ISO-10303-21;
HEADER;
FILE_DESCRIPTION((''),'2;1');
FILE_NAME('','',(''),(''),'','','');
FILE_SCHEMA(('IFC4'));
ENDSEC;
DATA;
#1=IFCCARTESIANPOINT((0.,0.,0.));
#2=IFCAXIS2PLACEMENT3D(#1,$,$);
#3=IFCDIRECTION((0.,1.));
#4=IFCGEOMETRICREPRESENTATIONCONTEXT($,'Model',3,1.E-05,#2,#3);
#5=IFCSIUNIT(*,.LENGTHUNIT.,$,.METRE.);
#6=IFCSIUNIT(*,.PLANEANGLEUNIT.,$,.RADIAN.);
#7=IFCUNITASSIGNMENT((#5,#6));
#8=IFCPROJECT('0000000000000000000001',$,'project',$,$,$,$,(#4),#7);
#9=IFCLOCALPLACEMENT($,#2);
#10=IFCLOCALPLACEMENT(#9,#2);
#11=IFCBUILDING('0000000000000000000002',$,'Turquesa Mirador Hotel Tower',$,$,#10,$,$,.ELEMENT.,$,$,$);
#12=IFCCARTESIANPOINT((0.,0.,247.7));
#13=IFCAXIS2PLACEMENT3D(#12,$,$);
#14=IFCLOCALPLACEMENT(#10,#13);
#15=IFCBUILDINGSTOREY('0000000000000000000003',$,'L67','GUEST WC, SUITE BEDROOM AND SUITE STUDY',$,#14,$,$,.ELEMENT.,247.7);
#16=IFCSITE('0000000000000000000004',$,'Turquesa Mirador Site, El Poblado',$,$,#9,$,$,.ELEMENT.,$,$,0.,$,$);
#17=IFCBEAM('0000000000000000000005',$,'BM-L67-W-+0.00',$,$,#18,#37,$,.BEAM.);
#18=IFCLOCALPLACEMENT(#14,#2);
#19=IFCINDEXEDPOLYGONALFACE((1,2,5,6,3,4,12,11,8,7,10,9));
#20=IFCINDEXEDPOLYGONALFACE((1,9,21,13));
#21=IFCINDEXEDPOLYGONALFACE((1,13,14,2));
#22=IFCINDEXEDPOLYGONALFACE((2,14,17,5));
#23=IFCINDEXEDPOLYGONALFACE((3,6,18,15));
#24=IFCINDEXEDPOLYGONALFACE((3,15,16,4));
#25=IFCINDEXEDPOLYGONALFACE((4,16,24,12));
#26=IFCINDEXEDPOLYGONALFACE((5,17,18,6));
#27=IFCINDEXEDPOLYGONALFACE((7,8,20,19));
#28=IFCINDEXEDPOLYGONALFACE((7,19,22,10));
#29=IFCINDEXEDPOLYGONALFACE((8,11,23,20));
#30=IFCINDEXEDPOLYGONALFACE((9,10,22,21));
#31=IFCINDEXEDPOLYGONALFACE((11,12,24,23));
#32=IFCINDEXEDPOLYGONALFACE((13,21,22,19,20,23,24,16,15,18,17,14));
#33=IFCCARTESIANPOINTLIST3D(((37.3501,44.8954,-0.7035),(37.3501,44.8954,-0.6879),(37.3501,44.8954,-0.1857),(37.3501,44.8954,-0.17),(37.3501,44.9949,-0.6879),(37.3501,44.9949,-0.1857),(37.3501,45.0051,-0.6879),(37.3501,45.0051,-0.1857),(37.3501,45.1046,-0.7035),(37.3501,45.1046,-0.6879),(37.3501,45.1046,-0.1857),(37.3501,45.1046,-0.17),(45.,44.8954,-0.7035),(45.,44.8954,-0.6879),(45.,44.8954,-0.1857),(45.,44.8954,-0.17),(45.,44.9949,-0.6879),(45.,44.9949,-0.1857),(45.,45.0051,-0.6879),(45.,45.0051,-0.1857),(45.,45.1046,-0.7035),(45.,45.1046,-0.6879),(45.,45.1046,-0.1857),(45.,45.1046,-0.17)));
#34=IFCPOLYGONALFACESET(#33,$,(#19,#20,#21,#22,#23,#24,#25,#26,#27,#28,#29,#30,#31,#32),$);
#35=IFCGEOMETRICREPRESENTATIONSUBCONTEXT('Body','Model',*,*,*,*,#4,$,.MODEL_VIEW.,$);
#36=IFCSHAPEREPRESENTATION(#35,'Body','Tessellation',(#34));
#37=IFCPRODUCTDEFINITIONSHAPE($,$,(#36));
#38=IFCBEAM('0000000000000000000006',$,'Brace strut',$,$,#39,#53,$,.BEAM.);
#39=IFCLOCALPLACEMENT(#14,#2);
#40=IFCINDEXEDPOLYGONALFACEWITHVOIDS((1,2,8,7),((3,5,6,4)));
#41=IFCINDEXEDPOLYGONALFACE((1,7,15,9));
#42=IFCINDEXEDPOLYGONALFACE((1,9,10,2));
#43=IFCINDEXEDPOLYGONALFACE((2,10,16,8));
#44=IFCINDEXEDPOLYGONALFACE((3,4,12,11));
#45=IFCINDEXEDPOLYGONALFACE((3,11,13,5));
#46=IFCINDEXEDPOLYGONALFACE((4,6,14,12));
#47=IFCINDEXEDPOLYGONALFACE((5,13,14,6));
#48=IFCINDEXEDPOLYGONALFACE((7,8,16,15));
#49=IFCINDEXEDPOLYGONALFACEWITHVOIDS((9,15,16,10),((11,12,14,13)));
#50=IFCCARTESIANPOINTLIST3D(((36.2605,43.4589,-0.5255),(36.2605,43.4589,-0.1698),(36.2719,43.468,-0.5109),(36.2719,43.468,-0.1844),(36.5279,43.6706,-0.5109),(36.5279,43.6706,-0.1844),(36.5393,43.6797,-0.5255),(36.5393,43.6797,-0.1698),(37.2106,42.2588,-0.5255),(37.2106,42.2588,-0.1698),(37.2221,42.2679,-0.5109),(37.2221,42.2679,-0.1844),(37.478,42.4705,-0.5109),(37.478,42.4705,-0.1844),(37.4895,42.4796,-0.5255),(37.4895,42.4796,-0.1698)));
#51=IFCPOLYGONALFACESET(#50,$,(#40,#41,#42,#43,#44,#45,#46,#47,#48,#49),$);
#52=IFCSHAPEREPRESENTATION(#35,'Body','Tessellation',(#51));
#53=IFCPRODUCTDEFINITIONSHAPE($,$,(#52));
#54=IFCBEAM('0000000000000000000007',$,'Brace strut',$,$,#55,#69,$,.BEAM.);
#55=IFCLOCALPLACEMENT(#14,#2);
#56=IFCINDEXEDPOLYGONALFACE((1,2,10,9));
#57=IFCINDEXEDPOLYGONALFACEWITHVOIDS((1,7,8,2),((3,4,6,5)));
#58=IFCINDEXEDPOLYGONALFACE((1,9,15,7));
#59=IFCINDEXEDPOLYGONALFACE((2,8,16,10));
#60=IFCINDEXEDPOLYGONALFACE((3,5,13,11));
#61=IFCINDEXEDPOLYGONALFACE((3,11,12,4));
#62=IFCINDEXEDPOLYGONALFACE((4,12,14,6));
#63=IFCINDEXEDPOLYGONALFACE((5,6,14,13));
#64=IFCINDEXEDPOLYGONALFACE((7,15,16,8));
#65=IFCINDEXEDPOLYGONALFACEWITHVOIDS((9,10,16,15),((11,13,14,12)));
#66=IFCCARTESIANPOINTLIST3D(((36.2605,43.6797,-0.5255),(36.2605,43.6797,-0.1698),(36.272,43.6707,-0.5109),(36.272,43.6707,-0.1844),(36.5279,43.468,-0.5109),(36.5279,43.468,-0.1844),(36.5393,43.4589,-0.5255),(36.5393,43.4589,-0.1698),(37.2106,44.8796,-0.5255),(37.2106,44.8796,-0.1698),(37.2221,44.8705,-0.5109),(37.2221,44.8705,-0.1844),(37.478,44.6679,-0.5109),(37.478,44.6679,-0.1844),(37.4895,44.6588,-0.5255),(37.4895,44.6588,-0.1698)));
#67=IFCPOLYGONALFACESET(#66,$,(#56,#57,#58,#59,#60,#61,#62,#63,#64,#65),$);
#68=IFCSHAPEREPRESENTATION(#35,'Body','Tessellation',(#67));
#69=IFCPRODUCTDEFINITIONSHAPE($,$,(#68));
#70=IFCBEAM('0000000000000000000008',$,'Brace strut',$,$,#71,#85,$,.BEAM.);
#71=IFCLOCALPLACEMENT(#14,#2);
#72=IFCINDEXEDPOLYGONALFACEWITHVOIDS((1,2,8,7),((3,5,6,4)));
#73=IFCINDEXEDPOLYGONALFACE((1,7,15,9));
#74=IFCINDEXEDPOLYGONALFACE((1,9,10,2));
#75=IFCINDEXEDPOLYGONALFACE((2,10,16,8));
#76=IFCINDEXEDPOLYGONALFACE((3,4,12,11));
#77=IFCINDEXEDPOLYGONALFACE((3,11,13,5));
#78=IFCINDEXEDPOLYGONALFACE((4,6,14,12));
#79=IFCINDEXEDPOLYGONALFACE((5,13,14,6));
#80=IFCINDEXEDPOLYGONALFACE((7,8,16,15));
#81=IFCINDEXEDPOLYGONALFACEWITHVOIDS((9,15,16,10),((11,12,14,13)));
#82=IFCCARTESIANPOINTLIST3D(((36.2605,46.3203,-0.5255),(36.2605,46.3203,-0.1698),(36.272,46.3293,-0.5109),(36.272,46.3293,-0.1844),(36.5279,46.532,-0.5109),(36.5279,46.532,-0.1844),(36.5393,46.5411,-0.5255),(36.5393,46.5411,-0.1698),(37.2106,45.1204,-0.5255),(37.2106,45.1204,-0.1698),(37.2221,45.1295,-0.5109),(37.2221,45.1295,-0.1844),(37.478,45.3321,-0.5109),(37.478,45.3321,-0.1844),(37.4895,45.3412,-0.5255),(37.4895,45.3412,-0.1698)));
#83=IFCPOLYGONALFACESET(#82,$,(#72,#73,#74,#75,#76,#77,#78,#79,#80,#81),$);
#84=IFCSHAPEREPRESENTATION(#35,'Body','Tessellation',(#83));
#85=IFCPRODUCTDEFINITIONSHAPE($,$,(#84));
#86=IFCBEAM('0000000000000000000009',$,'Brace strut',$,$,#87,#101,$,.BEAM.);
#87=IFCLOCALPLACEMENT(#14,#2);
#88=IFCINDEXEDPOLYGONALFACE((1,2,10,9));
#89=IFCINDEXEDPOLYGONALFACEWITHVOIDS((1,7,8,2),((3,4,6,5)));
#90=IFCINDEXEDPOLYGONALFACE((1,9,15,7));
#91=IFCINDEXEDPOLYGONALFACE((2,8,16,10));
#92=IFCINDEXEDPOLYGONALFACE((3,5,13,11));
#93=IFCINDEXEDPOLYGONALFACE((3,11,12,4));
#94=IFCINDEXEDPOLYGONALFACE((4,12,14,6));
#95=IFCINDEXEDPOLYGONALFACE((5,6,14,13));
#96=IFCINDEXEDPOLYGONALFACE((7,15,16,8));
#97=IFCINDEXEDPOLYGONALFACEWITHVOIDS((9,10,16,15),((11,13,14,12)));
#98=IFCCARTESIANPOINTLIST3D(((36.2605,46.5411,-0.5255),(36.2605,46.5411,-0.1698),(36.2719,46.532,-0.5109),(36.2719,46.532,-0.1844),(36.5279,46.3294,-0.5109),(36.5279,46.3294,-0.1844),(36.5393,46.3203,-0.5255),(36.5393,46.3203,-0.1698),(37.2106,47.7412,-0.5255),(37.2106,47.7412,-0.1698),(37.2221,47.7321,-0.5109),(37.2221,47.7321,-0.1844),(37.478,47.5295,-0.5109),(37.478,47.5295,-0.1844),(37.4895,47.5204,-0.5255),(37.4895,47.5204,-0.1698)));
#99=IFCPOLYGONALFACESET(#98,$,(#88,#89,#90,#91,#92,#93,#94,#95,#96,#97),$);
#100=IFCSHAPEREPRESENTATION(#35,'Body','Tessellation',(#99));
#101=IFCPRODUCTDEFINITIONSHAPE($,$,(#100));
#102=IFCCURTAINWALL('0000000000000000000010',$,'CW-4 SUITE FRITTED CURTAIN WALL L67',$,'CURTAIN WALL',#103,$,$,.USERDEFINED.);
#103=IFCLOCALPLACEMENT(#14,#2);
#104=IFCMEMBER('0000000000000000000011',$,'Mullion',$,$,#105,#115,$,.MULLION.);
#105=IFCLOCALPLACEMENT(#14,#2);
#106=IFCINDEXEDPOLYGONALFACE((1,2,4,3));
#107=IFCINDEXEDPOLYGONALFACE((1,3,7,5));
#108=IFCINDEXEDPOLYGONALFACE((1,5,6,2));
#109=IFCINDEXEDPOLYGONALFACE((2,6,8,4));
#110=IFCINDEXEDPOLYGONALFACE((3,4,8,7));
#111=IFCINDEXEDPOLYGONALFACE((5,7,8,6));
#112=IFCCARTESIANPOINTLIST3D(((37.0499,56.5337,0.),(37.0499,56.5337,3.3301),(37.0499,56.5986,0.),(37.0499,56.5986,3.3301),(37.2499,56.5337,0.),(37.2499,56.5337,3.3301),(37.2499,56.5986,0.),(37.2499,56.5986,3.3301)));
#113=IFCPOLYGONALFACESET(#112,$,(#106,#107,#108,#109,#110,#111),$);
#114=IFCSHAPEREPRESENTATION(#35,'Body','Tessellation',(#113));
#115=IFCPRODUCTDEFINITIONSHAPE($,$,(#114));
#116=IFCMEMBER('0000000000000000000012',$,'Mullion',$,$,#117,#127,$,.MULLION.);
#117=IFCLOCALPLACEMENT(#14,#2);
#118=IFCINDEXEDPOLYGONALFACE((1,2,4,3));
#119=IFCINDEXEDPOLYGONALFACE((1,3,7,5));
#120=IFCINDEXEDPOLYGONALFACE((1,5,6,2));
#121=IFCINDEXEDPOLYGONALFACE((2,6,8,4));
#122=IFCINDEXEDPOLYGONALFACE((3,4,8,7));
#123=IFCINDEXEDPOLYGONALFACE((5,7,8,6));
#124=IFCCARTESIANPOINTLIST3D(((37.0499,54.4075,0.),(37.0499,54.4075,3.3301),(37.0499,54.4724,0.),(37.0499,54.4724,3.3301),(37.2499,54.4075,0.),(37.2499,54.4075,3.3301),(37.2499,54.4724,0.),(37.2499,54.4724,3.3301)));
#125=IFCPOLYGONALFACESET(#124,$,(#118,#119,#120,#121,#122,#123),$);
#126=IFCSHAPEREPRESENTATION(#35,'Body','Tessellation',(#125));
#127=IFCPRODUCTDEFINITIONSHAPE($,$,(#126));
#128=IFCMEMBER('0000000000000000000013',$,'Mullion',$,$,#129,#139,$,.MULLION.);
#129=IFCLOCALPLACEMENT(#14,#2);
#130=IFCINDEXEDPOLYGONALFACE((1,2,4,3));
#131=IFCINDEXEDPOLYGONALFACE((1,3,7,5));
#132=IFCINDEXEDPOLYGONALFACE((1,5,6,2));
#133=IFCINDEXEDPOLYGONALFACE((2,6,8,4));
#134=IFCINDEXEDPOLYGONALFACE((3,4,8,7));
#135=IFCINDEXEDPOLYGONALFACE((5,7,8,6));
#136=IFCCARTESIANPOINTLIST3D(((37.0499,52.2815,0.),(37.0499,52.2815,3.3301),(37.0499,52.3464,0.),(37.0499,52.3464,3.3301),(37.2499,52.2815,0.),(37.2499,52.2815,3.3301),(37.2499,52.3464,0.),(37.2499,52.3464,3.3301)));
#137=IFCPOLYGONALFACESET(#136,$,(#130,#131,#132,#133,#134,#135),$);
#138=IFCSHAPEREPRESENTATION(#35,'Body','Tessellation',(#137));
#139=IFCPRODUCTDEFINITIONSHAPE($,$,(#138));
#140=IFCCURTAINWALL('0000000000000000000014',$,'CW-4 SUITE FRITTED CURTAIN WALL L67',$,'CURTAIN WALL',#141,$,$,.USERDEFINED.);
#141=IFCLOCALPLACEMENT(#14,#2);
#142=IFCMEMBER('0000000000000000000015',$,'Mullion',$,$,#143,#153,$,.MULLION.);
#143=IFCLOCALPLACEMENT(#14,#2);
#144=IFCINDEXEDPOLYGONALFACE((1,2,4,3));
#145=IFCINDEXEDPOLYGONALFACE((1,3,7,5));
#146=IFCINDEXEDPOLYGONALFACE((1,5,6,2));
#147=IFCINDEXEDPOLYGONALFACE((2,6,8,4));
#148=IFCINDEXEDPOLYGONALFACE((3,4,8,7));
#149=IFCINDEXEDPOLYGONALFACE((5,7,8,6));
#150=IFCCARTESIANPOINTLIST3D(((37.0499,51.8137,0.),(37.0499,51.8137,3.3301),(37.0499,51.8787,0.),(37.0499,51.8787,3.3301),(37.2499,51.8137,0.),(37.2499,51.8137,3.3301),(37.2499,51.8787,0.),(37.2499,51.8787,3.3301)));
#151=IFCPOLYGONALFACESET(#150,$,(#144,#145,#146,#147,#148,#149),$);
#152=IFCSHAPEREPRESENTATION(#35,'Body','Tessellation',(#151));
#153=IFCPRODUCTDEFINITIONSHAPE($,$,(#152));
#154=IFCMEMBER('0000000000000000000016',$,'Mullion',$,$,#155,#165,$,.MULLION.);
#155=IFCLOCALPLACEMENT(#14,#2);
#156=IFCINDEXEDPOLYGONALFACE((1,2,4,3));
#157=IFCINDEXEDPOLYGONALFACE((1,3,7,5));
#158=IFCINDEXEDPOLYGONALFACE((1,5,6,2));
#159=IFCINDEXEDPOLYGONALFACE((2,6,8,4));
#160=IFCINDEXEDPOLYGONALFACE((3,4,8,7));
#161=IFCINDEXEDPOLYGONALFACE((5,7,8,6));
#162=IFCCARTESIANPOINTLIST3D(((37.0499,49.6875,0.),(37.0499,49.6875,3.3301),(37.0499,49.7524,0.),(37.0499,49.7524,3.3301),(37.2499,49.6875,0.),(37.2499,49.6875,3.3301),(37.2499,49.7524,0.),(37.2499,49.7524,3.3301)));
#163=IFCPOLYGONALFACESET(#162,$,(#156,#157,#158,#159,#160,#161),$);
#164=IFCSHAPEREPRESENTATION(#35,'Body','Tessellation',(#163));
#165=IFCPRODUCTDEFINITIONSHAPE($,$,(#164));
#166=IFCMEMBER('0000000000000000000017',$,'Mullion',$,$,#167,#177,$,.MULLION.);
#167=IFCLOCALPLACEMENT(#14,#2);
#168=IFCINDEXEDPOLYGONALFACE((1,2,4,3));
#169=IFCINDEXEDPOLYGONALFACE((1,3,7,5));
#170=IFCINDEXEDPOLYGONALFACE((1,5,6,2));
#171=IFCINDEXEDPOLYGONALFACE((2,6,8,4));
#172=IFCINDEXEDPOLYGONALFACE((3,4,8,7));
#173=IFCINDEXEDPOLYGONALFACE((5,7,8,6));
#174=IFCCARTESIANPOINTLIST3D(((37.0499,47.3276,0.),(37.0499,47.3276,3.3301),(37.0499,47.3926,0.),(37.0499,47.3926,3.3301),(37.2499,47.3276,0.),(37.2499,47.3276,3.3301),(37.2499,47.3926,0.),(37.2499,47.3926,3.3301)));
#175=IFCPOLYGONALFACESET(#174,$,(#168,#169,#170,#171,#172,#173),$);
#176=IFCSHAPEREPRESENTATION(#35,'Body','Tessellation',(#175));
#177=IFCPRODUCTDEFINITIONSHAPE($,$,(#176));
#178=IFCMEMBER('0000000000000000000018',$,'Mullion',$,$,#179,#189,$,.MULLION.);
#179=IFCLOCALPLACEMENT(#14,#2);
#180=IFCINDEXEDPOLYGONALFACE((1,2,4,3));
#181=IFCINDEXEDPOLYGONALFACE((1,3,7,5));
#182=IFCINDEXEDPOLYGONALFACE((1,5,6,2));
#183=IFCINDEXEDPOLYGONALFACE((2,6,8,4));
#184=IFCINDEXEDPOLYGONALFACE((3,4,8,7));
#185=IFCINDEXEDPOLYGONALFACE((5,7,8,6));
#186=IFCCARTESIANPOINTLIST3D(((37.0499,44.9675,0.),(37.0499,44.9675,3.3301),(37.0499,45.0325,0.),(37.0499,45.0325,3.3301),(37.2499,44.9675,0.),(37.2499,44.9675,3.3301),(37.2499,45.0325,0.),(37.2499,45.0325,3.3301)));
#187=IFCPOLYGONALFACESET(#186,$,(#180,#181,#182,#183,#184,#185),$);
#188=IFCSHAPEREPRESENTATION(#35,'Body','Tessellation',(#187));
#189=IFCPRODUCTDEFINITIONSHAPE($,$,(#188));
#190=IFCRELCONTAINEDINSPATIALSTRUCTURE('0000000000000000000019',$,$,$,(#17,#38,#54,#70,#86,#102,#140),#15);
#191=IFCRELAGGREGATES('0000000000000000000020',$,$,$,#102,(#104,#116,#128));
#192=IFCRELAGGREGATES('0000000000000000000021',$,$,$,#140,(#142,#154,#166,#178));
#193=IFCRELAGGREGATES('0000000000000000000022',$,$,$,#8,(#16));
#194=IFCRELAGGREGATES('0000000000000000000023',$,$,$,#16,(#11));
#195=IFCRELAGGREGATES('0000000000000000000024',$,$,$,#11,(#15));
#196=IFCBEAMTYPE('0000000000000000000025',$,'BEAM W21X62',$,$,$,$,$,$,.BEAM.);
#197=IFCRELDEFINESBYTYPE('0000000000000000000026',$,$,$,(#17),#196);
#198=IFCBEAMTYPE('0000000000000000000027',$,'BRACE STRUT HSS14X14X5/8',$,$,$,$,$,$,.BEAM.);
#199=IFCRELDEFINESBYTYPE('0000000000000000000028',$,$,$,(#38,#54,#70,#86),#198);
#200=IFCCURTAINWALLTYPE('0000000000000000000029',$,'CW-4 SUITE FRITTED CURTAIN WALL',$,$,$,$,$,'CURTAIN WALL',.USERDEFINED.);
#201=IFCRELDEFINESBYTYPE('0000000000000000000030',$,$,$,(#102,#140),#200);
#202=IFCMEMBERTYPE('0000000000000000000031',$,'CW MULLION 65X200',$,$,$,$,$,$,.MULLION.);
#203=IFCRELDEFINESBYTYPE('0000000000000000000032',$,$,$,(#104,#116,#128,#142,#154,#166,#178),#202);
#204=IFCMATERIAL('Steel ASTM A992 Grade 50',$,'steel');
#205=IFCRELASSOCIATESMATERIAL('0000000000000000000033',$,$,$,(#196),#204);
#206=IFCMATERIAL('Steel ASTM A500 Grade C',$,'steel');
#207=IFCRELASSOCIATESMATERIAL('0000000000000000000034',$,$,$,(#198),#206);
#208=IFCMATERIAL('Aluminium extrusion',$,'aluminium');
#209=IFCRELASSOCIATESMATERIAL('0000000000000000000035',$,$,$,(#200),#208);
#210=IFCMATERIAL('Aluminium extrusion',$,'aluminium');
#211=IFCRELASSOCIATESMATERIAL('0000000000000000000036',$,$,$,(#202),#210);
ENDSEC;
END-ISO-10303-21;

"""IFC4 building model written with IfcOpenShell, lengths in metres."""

from ifc_helpers import new_model, si_unit, direction, frame, origin, origin_2d, place, context, subcontext, project, spatial, rectangle, hollow_rectangle, i_section, extrude, material, material_profile, profile_set, type_object, element, aggregate, save


model = new_model("IFC4")

# Units and contexts
model_context = context("Model", 3, precision=1e-05, world=origin(), true_north=direction((0.0, 1.0)))
body_context = subcontext(model_context, "Body", "Model", "MODEL_VIEW")
ifc_project = project(units=[si_unit("LENGTHUNIT", "METRE"), si_unit("PLANEANGLEUNIT", "RADIAN")], contexts=[model_context])

# Site, building, storey
site_placement = place(None, origin())
site = spatial("IfcSite", under=ifc_project, at=site_placement, Name="Turquesa Mirador Site, El Poblado", CompositionType="ELEMENT", RefElevation=0.0)
building_placement = place(site_placement, origin())
building = spatial("IfcBuilding", under=site, at=building_placement, Name="Turquesa Mirador Hotel Tower", CompositionType="ELEMENT")
storey_placement = place(building_placement, frame((0.0, 0.0, 247.7)))
storey = spatial("IfcBuildingStorey", under=building, at=storey_placement, Name="L67", Description="GUEST WC, SUITE BEDROOM AND SUITE STUDY", CompositionType="ELEMENT", Elevation=247.7)

# Beams
ifc_material_1 = material(Name="Steel ASTM A992 Grade 50", Category="steel")
ifc_material_profile_1 = material_profile(ifc_material_1, i_section(OverallWidth=0.2092, OverallDepth=0.5334, WebThickness=0.0103, FlangeThickness=0.0156, at=origin_2d()), Name="W21X62")
ifc_profile_set_1 = profile_set([ifc_material_profile_1], Name="Steel ASTM A992 Grade 50")
beam_type_1 = type_object("IfcBeamType", Name="BEAM W21X62", PredefinedType="BEAM", material=ifc_profile_set_1)
beam_1_placement = place(storey_placement, frame((37.3501, 45.0, -0.4368), z_axis=(1.0, 0.0, 0.0), x_axis=(0.0, 1.0, 0.0)))
element("IfcBeam", 1, at=beam_1_placement, inside=storey, type_object=beam_type_1, Name="BM-L67-W-+0.00", PredefinedType="BEAM", context=body_context, shape_type="SweptSolid", body=[
    extrude(i_section(OverallWidth=0.2092, OverallDepth=0.5334, WebThickness=0.0103, FlangeThickness=0.0156, at=origin_2d()), origin(), (0.0, 0.0, 1.0), 7.6499),
])
ifc_material_2 = material(Name="Steel ASTM A500 Grade C", Category="steel")
ifc_material_profile_2 = material_profile(ifc_material_2, hollow_rectangle(XDim=0.3557, YDim=0.3557, WallThickness=0.0146, at=origin_2d()), Name="HSS14X14X5/8")
ifc_profile_set_2 = profile_set([ifc_material_profile_2], Name="Steel ASTM A500 Grade C")
beam_type_2 = type_object("IfcBeamType", Name="BRACE STRUT HSS14X14X5/8", PredefinedType="BEAM", material=ifc_profile_set_2)
beam_2_placement = place(storey_placement, frame((36.3999, 43.5693, -0.3477), z_axis=(0.620719, -0.784033, 0.0), x_axis=(0.784033, 0.620719, 0.0)))
element("IfcBeam", 2, at=beam_2_placement, inside=storey, type_object=beam_type_2, Name="Brace strut", PredefinedType="BEAM", context=body_context, shape_type="SweptSolid", body=[
    extrude(hollow_rectangle(XDim=0.3557, YDim=0.3557, WallThickness=0.0146, at=origin_2d()), origin(), (0.0, 0.0, 1.0), 1.5308),
])
for number, where, z_axis, x_axis, name in (
    (3, (36.3999, 43.5693, -0.3477), (0.620797, 0.783971, 0.0), (-0.783971, 0.620797, 0.0), "Brace strut"),
    (4, (36.3999, 46.4307, -0.3477), (0.620797, -0.783971, 0.0), (0.783971, 0.620797, 0.0), "Brace strut"),
):
    element("IfcBeam", number, at=place(storey_placement, frame(where, z_axis=z_axis, x_axis=x_axis)), inside=storey, type_object=beam_type_2, Name=name, PredefinedType="BEAM", context=body_context, shape_type="SweptSolid", body=[
        extrude(hollow_rectangle(XDim=0.3557, YDim=0.3557, WallThickness=0.0146, at=origin_2d()), origin(), (0.0, 0.0, 1.0), 1.5305),
    ])
beam_3_placement = place(storey_placement, frame((36.3999, 46.4307, -0.3477), z_axis=(0.620719, 0.784033, 0.0), x_axis=(-0.784033, 0.620719, 0.0)))
element("IfcBeam", 5, at=beam_3_placement, inside=storey, type_object=beam_type_2, Name="Brace strut", PredefinedType="BEAM", context=body_context, shape_type="SweptSolid", body=[
    extrude(hollow_rectangle(XDim=0.3557, YDim=0.3557, WallThickness=0.0146, at=origin_2d()), origin(), (0.0, 0.0, 1.0), 1.5308),
])

# Curtain walls, members
ifc_material_3 = material(Name="Aluminium extrusion", Category="aluminium")
curtain_wall_type = type_object("IfcCurtainWallType", Name="CW-4 SUITE FRITTED CURTAIN WALL", ElementType="CURTAIN WALL", PredefinedType="USERDEFINED", material=ifc_material_3)
curtain_wall_1_placement = place(storey_placement, origin())
curtain_wall_1 = element("IfcCurtainWall", 6, at=curtain_wall_1_placement, inside=storey, type_object=curtain_wall_type, Name="CW-4 SUITE FRITTED CURTAIN WALL L67", ObjectType="CURTAIN WALL", PredefinedType="USERDEFINED")
ifc_material_4 = material(Name="Aluminium extrusion", Category="aluminium")
ifc_material_profile_3 = material_profile(ifc_material_4, rectangle(XDim=0.0649, YDim=0.2, at=origin_2d()), Name="MULLION 65X200")
ifc_profile_set_3 = profile_set([ifc_material_profile_3], Name="Aluminium extrusion")
member_type_1 = type_object("IfcMemberType", Name="CW MULLION 65X200", PredefinedType="MULLION", material=ifc_profile_set_3)
member_1_placement = place(storey_placement, frame((37.1499, 56.5662, 0.0), z_axis=(0.0, 0.0, 1.0), x_axis=(0.0, -1.0, 0.0)))
member_1 = element("IfcMember", 7, at=member_1_placement, type_object=member_type_1, Name="Mullion", PredefinedType="MULLION", context=body_context, shape_type="SweptSolid", body=[
    extrude(rectangle(XDim=0.0649, YDim=0.2, at=origin_2d()), origin(), (0.0, 0.0, 1.0), 3.3301),
])
member_2_placement = place(storey_placement, frame((37.1499, 54.4399, 0.0), z_axis=(0.0, 0.0, 1.0), x_axis=(0.0, -1.0, 0.0)))
member_2 = element("IfcMember", 8, at=member_2_placement, type_object=member_type_1, Name="Mullion", PredefinedType="MULLION", context=body_context, shape_type="SweptSolid", body=[
    extrude(rectangle(XDim=0.0649, YDim=0.2, at=origin_2d()), origin(), (0.0, 0.0, 1.0), 3.3301),
])
member_3_placement = place(storey_placement, frame((37.1499, 52.314, 0.0), z_axis=(0.0, 0.0, 1.0), x_axis=(0.0, -1.0, 0.0)))
member_3 = element("IfcMember", 9, at=member_3_placement, type_object=member_type_1, Name="Mullion", PredefinedType="MULLION", context=body_context, shape_type="SweptSolid", body=[
    extrude(rectangle(XDim=0.0649, YDim=0.2, at=origin_2d()), origin(), (0.0, 0.0, 1.0), 3.3301),
])
curtain_wall_2_placement = place(storey_placement, origin())
curtain_wall_2 = element("IfcCurtainWall", 10, at=curtain_wall_2_placement, inside=storey, type_object=curtain_wall_type, Name="CW-4 SUITE FRITTED CURTAIN WALL L67", ObjectType="CURTAIN WALL", PredefinedType="USERDEFINED")
member_4_placement = place(storey_placement, frame((37.1499, 51.8462, 0.0), z_axis=(0.0, 0.0, 1.0), x_axis=(0.0, -1.0, 0.0)))
member_4 = element("IfcMember", 11, at=member_4_placement, type_object=member_type_1, Name="Mullion", PredefinedType="MULLION", context=body_context, shape_type="SweptSolid", body=[
    extrude(rectangle(XDim=0.0649, YDim=0.2, at=origin_2d()), origin(), (0.0, 0.0, 1.0), 3.3301),
])
member_5_placement = place(storey_placement, frame((37.1499, 49.72, 0.0), z_axis=(0.0, 0.0, 1.0), x_axis=(0.0, -1.0, 0.0)))
member_5 = element("IfcMember", 12, at=member_5_placement, type_object=member_type_1, Name="Mullion", PredefinedType="MULLION", context=body_context, shape_type="SweptSolid", body=[
    extrude(rectangle(XDim=0.0649, YDim=0.2, at=origin_2d()), origin(), (0.0, 0.0, 1.0), 3.3301),
])
member_6_placement = place(storey_placement, frame((37.1499, 47.3601, 0.0), z_axis=(0.0, 0.0, 1.0), x_axis=(0.0, -1.0, 0.0)))
member_6 = element("IfcMember", 13, at=member_6_placement, type_object=member_type_1, Name="Mullion", PredefinedType="MULLION", context=body_context, shape_type="SweptSolid", body=[
    extrude(rectangle(XDim=0.0649, YDim=0.2, at=origin_2d()), origin(), (0.0, 0.0, 1.0), 3.3301),
])
member_7_placement = place(storey_placement, frame((37.1499, 45.0, 0.0), z_axis=(0.0, 0.0, 1.0), x_axis=(0.0, -1.0, 0.0)))
member_7 = element("IfcMember", 14, at=member_7_placement, type_object=member_type_1, Name="Mullion", PredefinedType="MULLION", context=body_context, shape_type="SweptSolid", body=[
    extrude(rectangle(XDim=0.0649, YDim=0.2, at=origin_2d()), origin(), (0.0, 0.0, 1.0), 3.3301),
])

aggregate(curtain_wall_1, [member_1, member_2, member_3])
aggregate(curtain_wall_2, [member_4, member_5, member_6, member_7])

save(model, "model.ifc")
